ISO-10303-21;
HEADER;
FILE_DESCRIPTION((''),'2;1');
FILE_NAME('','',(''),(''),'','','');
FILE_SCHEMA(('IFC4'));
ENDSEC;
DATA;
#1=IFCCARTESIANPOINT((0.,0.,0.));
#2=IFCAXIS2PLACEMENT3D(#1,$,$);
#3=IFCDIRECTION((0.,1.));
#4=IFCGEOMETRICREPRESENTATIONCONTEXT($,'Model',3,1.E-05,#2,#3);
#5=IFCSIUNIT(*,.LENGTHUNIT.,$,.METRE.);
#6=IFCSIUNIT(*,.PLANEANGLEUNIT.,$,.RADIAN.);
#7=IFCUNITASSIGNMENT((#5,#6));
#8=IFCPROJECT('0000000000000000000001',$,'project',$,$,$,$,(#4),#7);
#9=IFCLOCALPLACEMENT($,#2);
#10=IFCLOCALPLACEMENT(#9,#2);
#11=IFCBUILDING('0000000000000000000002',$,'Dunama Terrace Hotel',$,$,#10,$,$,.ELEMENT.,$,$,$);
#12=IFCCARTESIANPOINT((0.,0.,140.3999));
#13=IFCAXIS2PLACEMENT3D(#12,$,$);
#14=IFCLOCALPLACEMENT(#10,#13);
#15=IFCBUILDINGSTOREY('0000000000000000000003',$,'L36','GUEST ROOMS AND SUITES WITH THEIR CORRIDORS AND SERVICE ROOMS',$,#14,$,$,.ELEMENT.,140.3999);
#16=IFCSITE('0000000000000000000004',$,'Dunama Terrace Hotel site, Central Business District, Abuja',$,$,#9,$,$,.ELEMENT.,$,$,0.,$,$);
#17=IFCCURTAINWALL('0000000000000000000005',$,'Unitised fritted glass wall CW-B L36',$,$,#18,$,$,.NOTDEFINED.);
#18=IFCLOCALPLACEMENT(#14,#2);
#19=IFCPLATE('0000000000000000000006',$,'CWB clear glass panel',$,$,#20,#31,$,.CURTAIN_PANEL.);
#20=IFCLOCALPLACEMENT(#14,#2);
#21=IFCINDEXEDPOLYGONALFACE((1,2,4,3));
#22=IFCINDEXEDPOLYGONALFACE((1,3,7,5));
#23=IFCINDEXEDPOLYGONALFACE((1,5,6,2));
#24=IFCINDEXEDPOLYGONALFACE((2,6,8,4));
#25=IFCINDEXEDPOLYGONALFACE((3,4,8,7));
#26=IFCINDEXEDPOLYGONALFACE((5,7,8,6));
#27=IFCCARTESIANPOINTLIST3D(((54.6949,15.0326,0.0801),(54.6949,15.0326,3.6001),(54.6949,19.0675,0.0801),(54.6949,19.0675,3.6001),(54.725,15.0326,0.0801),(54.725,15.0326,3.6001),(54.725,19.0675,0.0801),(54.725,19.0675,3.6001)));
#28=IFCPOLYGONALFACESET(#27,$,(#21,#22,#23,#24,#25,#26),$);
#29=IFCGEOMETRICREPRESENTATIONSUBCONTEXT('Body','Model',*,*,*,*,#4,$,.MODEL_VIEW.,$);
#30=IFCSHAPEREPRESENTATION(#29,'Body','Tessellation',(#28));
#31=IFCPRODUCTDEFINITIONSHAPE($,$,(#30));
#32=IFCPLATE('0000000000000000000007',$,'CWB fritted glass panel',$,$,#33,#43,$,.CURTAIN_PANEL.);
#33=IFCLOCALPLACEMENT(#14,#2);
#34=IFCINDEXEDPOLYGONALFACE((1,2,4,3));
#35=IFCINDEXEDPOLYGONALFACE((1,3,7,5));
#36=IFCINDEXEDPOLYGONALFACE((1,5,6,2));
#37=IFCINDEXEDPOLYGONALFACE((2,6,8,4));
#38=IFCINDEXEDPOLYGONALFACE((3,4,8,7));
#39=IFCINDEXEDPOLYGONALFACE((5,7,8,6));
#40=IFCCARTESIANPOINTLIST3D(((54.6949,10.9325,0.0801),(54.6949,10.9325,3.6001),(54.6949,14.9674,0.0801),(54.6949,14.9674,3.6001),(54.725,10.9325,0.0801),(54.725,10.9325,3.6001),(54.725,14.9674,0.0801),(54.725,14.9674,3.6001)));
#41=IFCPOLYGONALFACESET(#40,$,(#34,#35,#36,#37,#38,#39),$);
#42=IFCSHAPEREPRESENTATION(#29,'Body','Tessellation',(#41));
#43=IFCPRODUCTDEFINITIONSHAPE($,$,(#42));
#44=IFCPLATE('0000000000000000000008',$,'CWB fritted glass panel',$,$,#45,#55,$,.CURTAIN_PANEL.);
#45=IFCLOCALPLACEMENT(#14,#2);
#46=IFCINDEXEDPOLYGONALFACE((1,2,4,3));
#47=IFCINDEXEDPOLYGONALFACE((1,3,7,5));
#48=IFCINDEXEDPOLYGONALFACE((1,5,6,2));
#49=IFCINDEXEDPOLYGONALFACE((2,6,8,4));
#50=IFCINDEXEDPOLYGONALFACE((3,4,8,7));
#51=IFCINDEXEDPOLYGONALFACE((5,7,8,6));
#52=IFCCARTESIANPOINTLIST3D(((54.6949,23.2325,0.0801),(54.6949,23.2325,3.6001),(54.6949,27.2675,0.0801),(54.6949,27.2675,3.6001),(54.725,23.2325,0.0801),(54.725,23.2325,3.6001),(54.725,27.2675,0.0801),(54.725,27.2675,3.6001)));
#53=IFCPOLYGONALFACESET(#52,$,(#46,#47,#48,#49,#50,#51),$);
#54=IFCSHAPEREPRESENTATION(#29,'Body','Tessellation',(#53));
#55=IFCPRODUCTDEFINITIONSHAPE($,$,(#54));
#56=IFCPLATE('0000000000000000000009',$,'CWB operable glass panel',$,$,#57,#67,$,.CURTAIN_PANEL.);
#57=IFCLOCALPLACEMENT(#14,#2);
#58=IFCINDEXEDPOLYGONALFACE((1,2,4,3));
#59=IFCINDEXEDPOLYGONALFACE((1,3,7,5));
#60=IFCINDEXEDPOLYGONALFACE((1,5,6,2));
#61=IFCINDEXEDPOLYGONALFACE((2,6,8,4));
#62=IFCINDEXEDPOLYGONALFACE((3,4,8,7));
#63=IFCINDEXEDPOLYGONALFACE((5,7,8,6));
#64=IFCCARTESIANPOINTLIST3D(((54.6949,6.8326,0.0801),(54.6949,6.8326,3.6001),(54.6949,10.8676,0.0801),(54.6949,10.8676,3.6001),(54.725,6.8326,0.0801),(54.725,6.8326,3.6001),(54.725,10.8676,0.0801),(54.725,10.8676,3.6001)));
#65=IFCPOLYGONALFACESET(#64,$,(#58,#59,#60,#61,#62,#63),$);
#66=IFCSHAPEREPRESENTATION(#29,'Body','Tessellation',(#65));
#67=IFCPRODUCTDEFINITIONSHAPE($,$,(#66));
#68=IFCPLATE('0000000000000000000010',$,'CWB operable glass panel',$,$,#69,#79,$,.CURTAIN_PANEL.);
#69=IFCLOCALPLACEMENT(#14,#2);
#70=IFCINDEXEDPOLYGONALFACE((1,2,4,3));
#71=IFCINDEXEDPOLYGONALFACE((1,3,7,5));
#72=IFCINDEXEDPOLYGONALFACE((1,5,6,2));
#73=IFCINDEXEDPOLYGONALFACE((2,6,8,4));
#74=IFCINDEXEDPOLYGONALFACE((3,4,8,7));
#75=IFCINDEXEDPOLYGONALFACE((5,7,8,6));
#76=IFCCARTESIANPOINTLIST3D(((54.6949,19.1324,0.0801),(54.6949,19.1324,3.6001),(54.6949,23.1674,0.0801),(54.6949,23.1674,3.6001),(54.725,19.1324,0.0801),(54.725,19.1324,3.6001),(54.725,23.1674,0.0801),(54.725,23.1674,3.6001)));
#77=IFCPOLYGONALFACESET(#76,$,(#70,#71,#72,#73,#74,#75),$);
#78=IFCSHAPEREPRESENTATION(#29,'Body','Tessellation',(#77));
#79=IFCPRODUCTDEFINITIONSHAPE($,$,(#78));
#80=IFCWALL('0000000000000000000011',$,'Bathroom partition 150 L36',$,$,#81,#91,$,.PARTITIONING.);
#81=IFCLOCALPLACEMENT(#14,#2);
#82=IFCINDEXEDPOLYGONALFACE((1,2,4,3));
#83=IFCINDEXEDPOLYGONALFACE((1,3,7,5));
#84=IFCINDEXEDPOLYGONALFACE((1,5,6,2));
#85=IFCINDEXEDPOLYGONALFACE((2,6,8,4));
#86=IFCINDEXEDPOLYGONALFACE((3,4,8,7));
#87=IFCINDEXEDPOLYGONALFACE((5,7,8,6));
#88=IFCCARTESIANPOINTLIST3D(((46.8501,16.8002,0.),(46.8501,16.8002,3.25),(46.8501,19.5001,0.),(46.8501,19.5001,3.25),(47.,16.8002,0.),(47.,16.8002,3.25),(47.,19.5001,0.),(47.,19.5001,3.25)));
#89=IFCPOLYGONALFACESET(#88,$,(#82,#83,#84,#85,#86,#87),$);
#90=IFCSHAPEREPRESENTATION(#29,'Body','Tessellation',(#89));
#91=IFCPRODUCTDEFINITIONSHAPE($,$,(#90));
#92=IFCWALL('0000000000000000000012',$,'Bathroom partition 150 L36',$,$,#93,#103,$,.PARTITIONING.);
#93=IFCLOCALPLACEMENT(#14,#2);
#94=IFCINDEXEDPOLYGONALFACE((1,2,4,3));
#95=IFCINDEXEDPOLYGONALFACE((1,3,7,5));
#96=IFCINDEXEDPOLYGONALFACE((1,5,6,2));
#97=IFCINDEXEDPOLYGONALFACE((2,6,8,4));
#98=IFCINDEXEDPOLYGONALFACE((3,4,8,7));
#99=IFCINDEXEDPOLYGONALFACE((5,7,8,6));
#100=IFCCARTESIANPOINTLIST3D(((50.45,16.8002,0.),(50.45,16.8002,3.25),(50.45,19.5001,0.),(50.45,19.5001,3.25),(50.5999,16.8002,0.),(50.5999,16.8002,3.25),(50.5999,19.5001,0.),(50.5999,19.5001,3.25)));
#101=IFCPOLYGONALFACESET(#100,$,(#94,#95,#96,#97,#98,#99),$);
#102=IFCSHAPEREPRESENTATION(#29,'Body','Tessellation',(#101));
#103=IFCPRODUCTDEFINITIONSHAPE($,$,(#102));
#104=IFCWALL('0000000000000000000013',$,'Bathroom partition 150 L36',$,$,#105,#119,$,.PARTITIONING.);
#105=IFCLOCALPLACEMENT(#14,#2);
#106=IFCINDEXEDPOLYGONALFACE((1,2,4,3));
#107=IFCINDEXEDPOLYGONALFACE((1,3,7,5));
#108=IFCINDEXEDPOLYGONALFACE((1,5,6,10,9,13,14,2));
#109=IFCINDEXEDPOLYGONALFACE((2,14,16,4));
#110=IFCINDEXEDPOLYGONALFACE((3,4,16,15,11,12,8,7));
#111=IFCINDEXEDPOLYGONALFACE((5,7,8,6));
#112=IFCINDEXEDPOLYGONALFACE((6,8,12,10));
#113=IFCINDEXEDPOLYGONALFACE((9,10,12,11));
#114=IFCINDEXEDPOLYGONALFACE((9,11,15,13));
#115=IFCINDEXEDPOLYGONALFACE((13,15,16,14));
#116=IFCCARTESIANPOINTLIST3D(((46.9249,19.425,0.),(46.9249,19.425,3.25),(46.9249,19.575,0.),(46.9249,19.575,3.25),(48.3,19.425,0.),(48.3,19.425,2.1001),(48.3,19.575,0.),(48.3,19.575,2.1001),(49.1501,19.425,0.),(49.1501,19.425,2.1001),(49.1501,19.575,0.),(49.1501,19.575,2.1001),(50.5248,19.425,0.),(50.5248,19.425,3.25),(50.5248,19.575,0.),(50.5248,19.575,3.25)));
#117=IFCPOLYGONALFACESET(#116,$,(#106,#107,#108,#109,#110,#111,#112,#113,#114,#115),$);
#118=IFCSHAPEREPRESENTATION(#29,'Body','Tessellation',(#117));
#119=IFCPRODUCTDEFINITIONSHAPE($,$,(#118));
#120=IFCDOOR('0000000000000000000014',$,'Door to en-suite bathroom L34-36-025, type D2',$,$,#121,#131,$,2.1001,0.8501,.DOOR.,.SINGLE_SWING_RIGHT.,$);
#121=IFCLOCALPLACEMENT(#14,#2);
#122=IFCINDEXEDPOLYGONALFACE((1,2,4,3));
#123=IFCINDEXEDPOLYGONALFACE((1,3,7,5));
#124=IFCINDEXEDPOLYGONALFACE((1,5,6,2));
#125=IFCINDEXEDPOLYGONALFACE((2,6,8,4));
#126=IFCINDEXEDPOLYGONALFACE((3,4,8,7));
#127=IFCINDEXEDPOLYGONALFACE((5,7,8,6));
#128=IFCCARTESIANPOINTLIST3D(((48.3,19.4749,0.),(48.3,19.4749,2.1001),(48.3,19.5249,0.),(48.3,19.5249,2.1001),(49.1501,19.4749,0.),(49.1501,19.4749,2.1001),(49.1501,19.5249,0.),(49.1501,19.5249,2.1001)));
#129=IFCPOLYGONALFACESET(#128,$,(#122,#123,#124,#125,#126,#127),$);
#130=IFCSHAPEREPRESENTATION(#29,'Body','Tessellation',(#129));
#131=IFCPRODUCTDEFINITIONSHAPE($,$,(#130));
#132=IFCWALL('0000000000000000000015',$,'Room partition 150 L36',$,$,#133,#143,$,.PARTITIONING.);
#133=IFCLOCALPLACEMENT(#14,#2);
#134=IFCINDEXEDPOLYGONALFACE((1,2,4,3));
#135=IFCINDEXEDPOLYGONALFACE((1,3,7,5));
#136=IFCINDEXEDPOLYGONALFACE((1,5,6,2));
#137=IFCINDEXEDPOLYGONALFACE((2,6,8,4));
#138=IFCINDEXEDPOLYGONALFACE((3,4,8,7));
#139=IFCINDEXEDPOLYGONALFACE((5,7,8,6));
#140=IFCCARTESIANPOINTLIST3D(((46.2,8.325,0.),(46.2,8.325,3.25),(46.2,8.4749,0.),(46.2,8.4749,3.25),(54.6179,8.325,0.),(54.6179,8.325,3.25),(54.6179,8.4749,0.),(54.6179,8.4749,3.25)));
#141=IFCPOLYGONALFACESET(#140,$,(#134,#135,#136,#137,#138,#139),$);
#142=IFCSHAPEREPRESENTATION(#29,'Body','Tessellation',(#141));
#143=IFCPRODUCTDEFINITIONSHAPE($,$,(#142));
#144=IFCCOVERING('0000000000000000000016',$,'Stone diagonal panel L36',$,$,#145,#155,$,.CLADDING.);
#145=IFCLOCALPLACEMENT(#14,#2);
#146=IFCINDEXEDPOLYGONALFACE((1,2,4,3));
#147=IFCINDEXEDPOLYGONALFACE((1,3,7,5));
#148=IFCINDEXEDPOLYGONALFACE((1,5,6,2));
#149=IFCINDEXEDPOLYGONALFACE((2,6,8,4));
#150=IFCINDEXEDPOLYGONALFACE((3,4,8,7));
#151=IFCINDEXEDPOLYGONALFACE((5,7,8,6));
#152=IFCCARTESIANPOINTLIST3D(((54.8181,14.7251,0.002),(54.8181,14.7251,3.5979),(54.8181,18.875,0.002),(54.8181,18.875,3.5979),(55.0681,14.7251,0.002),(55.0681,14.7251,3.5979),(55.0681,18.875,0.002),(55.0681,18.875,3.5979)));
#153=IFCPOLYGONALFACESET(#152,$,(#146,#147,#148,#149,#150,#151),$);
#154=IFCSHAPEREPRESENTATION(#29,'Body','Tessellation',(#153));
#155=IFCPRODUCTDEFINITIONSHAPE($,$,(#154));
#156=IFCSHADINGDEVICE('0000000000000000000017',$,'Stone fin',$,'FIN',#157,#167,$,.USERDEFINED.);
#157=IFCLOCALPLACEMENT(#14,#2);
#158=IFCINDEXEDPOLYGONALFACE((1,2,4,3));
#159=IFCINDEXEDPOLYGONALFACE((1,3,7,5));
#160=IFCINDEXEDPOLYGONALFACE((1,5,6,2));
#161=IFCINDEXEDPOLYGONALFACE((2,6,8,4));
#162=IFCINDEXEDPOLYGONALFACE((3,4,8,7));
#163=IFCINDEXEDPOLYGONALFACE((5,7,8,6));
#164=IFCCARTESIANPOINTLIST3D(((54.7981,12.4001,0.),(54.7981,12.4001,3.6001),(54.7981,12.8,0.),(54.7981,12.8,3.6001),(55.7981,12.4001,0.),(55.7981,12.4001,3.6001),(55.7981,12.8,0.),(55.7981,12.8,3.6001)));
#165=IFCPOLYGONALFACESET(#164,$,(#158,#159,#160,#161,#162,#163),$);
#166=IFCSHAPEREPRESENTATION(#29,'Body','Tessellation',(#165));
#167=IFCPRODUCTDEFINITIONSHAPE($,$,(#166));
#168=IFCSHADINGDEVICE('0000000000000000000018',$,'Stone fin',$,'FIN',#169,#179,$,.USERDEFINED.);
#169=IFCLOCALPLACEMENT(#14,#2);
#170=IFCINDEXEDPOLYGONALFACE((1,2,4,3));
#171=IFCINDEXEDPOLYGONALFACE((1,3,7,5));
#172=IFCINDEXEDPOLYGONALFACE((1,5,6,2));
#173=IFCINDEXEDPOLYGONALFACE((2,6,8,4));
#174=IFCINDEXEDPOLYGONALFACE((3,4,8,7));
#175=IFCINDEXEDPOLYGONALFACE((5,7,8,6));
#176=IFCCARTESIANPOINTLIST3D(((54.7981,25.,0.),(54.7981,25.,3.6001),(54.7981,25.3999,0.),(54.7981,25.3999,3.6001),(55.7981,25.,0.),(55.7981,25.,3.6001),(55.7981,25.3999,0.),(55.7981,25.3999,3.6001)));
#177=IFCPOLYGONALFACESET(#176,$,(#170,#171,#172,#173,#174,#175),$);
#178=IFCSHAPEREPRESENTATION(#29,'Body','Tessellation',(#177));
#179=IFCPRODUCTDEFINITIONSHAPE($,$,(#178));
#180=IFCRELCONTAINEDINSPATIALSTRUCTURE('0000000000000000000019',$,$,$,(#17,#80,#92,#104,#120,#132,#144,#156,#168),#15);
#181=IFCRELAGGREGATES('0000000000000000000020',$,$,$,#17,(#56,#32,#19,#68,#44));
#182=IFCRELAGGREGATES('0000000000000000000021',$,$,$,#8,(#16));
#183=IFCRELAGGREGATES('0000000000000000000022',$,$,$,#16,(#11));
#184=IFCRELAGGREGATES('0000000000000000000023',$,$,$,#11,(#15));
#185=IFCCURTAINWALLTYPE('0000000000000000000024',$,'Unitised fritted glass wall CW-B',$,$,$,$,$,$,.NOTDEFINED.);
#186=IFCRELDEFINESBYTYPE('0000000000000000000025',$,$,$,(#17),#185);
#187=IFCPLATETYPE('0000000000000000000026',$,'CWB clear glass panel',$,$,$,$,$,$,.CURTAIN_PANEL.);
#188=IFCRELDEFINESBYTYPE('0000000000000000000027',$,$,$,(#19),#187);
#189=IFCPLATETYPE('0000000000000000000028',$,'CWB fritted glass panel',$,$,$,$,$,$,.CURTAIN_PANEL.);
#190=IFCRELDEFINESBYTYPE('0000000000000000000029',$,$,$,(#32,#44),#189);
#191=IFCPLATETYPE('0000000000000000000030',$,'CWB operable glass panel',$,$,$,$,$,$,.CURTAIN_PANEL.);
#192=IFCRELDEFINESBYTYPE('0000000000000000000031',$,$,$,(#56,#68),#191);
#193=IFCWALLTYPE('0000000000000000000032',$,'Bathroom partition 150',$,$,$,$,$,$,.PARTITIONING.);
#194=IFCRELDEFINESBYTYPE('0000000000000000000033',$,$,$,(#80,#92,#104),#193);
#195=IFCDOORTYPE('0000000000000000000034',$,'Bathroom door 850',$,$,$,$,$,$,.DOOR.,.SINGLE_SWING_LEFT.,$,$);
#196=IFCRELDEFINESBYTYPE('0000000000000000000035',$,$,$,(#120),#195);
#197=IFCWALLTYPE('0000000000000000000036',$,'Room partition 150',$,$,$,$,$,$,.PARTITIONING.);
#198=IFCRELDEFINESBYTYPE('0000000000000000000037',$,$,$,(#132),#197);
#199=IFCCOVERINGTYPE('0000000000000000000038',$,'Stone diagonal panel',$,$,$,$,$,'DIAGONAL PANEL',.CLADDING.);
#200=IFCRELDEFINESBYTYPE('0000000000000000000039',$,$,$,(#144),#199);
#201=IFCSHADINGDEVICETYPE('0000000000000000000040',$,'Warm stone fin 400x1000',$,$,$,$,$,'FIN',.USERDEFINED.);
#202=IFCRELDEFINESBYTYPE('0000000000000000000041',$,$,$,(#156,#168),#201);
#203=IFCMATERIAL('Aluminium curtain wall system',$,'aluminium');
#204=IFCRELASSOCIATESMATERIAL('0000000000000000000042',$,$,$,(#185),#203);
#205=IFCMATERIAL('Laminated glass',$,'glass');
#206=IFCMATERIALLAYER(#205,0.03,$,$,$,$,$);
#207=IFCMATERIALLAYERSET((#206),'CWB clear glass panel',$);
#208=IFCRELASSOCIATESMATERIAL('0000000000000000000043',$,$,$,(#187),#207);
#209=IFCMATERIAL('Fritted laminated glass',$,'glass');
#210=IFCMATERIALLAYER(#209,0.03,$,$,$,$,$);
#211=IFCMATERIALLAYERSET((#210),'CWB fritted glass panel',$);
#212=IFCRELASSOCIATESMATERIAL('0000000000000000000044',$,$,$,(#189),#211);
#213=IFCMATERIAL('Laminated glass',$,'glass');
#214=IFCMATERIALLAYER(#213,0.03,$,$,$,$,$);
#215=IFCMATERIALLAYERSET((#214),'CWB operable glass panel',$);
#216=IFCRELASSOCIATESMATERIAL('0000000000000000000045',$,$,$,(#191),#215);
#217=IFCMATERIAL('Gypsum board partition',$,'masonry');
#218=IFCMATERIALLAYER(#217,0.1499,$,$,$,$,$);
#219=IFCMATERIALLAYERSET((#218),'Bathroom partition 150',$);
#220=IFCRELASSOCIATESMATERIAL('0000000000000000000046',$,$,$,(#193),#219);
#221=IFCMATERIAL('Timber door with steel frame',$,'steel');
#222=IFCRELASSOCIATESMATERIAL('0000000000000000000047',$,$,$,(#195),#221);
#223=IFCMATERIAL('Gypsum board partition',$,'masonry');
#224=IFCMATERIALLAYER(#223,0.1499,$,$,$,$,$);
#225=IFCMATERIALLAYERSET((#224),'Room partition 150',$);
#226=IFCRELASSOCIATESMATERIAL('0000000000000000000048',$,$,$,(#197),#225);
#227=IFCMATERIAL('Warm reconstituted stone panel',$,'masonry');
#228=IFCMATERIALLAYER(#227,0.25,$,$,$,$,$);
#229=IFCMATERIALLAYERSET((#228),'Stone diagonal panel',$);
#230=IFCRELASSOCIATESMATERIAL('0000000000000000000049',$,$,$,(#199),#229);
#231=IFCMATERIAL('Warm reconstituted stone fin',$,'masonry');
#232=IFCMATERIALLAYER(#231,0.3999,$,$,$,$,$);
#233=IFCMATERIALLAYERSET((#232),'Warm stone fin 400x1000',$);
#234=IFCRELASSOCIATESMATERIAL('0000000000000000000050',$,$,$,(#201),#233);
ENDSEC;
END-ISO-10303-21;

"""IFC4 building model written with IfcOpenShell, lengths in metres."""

from ifc_helpers import new_model, si_unit, direction, frame, frame_2d, origin, origin_2d, place, context, subcontext, project, spatial, rectangle, extrude, material, layer, layer_set, type_object, element, fill, aggregate, save


model = new_model("IFC4")

# Units and contexts
model_context = context("Model", 3, precision=1e-05, world=origin(), true_north=direction((0.0, 1.0)))
body_context = subcontext(model_context, "Body", "Model", "MODEL_VIEW")
ifc_project = project(units=[si_unit("LENGTHUNIT", "METRE"), si_unit("PLANEANGLEUNIT", "RADIAN")], contexts=[model_context])

# Site, building, storey
site_placement = place(None, origin())
site = spatial("IfcSite", under=ifc_project, at=site_placement, Name="Dunama Terrace Hotel site, Central Business District, Abuja", CompositionType="ELEMENT", RefElevation=0.0)
building_placement = place(site_placement, origin())
building = spatial("IfcBuilding", under=site, at=building_placement, Name="Dunama Terrace Hotel", CompositionType="ELEMENT")
storey_placement = place(building_placement, frame((0.0, 0.0, 140.3999)))
storey = spatial("IfcBuildingStorey", under=building, at=storey_placement, Name="L36", Description="GUEST ROOMS AND SUITES WITH THEIR CORRIDORS AND SERVICE ROOMS", CompositionType="ELEMENT", Elevation=140.3999)

# Curtain wall
ifc_material_1 = material(Name="Aluminium curtain wall system", Category="aluminium")
curtain_wall_type = type_object("IfcCurtainWallType", Name="Unitised fritted glass wall CW-B", PredefinedType="NOTDEFINED", material=ifc_material_1)
curtain_wall_placement = place(storey_placement, origin())
curtain_wall = element("IfcCurtainWall", 1, at=curtain_wall_placement, inside=storey, type_object=curtain_wall_type, Name="Unitised fritted glass wall CW-B L36", PredefinedType="NOTDEFINED")

# Plates
ifc_material_2 = material(Name="Laminated glass", Category="glass")
ifc_layer_1 = layer(ifc_material_2, 0.03)
ifc_layer_set_1 = layer_set([ifc_layer_1], Name="CWB clear glass panel")
plate_type_1 = type_object("IfcPlateType", Name="CWB clear glass panel", PredefinedType="CURTAIN_PANEL", material=ifc_layer_set_1)
plate_1_placement = place(storey_placement, frame((54.71, 17.05, 0.0801), z_axis=(0.0, 0.0, 1.0), x_axis=(0.0, 1.0, 0.0)))
plate_1 = element("IfcPlate", 2, at=plate_1_placement, type_object=plate_type_1, Name="CWB clear glass panel", PredefinedType="CURTAIN_PANEL", context=body_context, shape_type="SweptSolid", body=[
    extrude(rectangle(XDim=4.0349, YDim=0.03, at=origin_2d()), origin(), (0.0, 0.0, 1.0), 3.52),
])
ifc_material_3 = material(Name="Fritted laminated glass", Category="glass")
ifc_layer_2 = layer(ifc_material_3, 0.03)
ifc_layer_set_2 = layer_set([ifc_layer_2], Name="CWB fritted glass panel")
plate_type_2 = type_object("IfcPlateType", Name="CWB fritted glass panel", PredefinedType="CURTAIN_PANEL", material=ifc_layer_set_2)
plate_2_placement = place(storey_placement, frame((54.71, 12.95, 0.0801), z_axis=(0.0, 0.0, 1.0), x_axis=(0.0, 1.0, 0.0)))
plate_2 = element("IfcPlate", 3, at=plate_2_placement, type_object=plate_type_2, Name="CWB fritted glass panel", PredefinedType="CURTAIN_PANEL", context=body_context, shape_type="SweptSolid", body=[
    extrude(rectangle(XDim=4.0349, YDim=0.03, at=origin_2d()), origin(), (0.0, 0.0, 1.0), 3.52),
])
plate_3_placement = place(storey_placement, frame((54.71, 25.25, 0.0801), z_axis=(0.0, 0.0, 1.0), x_axis=(0.0, 1.0, 0.0)))
plate_3 = element("IfcPlate", 4, at=plate_3_placement, type_object=plate_type_2, Name="CWB fritted glass panel", PredefinedType="CURTAIN_PANEL", context=body_context, shape_type="SweptSolid", body=[
    extrude(rectangle(XDim=4.0349, YDim=0.03, at=origin_2d()), origin(), (0.0, 0.0, 1.0), 3.52),
])
ifc_material_4 = material(Name="Laminated glass", Category="glass")
ifc_layer_3 = layer(ifc_material_4, 0.03)
ifc_layer_set_3 = layer_set([ifc_layer_3], Name="CWB operable glass panel")
plate_type_3 = type_object("IfcPlateType", Name="CWB operable glass panel", PredefinedType="CURTAIN_PANEL", material=ifc_layer_set_3)
plate_4_placement = place(storey_placement, frame((54.71, 8.8501, 0.0801), z_axis=(0.0, 0.0, 1.0), x_axis=(0.0, 1.0, 0.0)))
plate_4 = element("IfcPlate", 5, at=plate_4_placement, type_object=plate_type_3, Name="CWB operable glass panel", PredefinedType="CURTAIN_PANEL", context=body_context, shape_type="SweptSolid", body=[
    extrude(rectangle(XDim=4.0349, YDim=0.03, at=origin_2d()), origin(), (0.0, 0.0, 1.0), 3.52),
])
plate_5_placement = place(storey_placement, frame((54.71, 21.1499, 0.0801), z_axis=(0.0, 0.0, 1.0), x_axis=(0.0, 1.0, 0.0)))
plate_5 = element("IfcPlate", 6, at=plate_5_placement, type_object=plate_type_3, Name="CWB operable glass panel", PredefinedType="CURTAIN_PANEL", context=body_context, shape_type="SweptSolid", body=[
    extrude(rectangle(XDim=4.0349, YDim=0.03, at=origin_2d()), origin(), (0.0, 0.0, 1.0), 3.52),
])
aggregate(curtain_wall, [plate_4, plate_2, plate_1, plate_5, plate_3])

# Walls
ifc_material_5 = material(Name="Gypsum board partition", Category="masonry")
ifc_layer_4 = layer(ifc_material_5, 0.1499)
ifc_layer_set_4 = layer_set([ifc_layer_4], Name="Bathroom partition 150")
wall_type_1 = type_object("IfcWallType", Name="Bathroom partition 150", PredefinedType="PARTITIONING", material=ifc_layer_set_4)
for number, where, z_axis, x_axis, name in (
    (7, (46.925, 16.8, 0.0), (0.0, 0.0, 1.0), (0.0, 1.0, 0.0), "Bathroom partition 150 L36"),
    (8, (50.5249, 16.8, 0.0), (0.0, 0.0, 1.0), (0.0, 1.0, 0.0), "Bathroom partition 150 L36"),
):
    element("IfcWall", number, at=place(storey_placement, frame(where, z_axis=z_axis, x_axis=x_axis)), inside=storey, type_object=wall_type_1, Name=name, PredefinedType="PARTITIONING", context=body_context, shape_type="SweptSolid", body=[
        extrude(rectangle(XDim=2.7, YDim=0.1499, at=frame_2d((1.3501, 0.0))), origin(), (0.0, 0.0, 1.0), 3.25),
    ])

# Wall, opening, door
wall_1_placement = place(storey_placement, frame((46.925, 19.5, 0.0), z_axis=(0.0, 0.0, 1.0), x_axis=(1.0, 0.0, 0.0)))
wall_1 = element("IfcWall", 9, at=wall_1_placement, inside=storey, type_object=wall_type_1, Name="Bathroom partition 150 L36", PredefinedType="PARTITIONING", context=body_context, shape_type="SweptSolid", body=[
    extrude(rectangle(XDim=3.5999, YDim=0.1499, at=frame_2d((1.7998, 0.0))), origin(), (0.0, 0.0, 1.0), 3.25),
])
opening_placement = place(wall_1_placement, frame((1.375, 0.0, 0.0)))
opening = element("IfcOpeningElement", 10, at=opening_placement, cuts=wall_1, PredefinedType="OPENING", context=body_context, shape_type="SweptSolid", body=[
    extrude(rectangle(XDim=0.8501, YDim=2.1001, at=frame_2d((0.425, 1.05))), frame((0.0, 0.085, 0.0), z_axis=(0.0, -1.0, 0.0), x_axis=(1.0, 0.0, 0.0)), (0.0, 0.0, 1.0), 0.1699),
])
ifc_material_6 = material(Name="Timber door with steel frame", Category="steel")
door_type = type_object("IfcDoorType", Name="Bathroom door 850", OperationType="SINGLE_SWING_LEFT", PredefinedType="DOOR", material=ifc_material_6)
door_placement = place(opening_placement, frame((0.8501, 0.0, 0.0), z_axis=(0.0, 0.0, 1.0), x_axis=(-1.0, 0.0, 0.0)))
door = element("IfcDoor", 11, at=door_placement, inside=storey, type_object=door_type, Name="Door to en-suite bathroom L34-36-025, type D2", OperationType="SINGLE_SWING_RIGHT", OverallHeight=2.1001, OverallWidth=0.8501, PredefinedType="DOOR", context=body_context, shape_type="SweptSolid", body=[
    extrude(rectangle(XDim=0.8501, YDim=2.1001, at=frame_2d((0.425, 1.05))), frame((0.0, 0.0251, 0.0), z_axis=(0.0, -1.0, 0.0), x_axis=(1.0, 0.0, 0.0)), (0.0, 0.0, 1.0), 0.05),
])
fill(opening, door)

# Wall
ifc_material_7 = material(Name="Gypsum board partition", Category="masonry")
ifc_layer_5 = layer(ifc_material_7, 0.1499)
ifc_layer_set_5 = layer_set([ifc_layer_5], Name="Room partition 150")
wall_type_2 = type_object("IfcWallType", Name="Room partition 150", PredefinedType="PARTITIONING", material=ifc_layer_set_5)
wall_2_placement = place(storey_placement, frame((46.2, 8.3999, 0.0), z_axis=(0.0, 0.0, 1.0), x_axis=(1.0, 0.0, 0.0)))
element("IfcWall", 12, at=wall_2_placement, inside=storey, type_object=wall_type_2, Name="Room partition 150 L36", PredefinedType="PARTITIONING", context=body_context, shape_type="SweptSolid", body=[
    extrude(rectangle(XDim=8.418, YDim=0.1499, at=frame_2d((4.209, 0.0))), origin(), (0.0, 0.0, 1.0), 3.25),
])

# Covering
ifc_material_8 = material(Name="Warm reconstituted stone panel", Category="masonry")
ifc_layer_6 = layer(ifc_material_8, 0.25)
ifc_layer_set_6 = layer_set([ifc_layer_6], Name="Stone diagonal panel")
covering_type = type_object("IfcCoveringType", Name="Stone diagonal panel", ElementType="DIAGONAL PANEL", PredefinedType="CLADDING", material=ifc_layer_set_6)
covering_placement = place(storey_placement, frame((54.9431, 16.8, 0.002), z_axis=(0.0, 0.0, 1.0), x_axis=(0.0, 1.0, 0.0)))
element("IfcCovering", 13, at=covering_placement, inside=storey, type_object=covering_type, Name="Stone diagonal panel L36", PredefinedType="CLADDING", context=body_context, shape_type="SweptSolid", body=[
    extrude(rectangle(XDim=4.1499, YDim=0.25, at=origin_2d()), origin(), (0.0, 0.0, 1.0), 3.5959),
])

# Shading devices
ifc_material_9 = material(Name="Warm reconstituted stone fin", Category="masonry")
ifc_layer_7 = layer(ifc_material_9, 0.3999)
ifc_layer_set_7 = layer_set([ifc_layer_7], Name="Warm stone fin 400x1000")
shading_device_type = type_object("IfcShadingDeviceType", Name="Warm stone fin 400x1000", ElementType="FIN", PredefinedType="USERDEFINED", material=ifc_layer_set_7)
for number, where, z_axis, x_axis, name in (
    (14, (55.2981, 12.6001, 0.0), (0.0, 0.0, 1.0), (0.0, 1.0, 0.0), "Stone fin"),
    (15, (55.2981, 25.2, 0.0), (0.0, 0.0, 1.0), (0.0, 1.0, 0.0), "Stone fin"),
):
    element("IfcShadingDevice", number, at=place(storey_placement, frame(where, z_axis=z_axis, x_axis=x_axis)), inside=storey, type_object=shading_device_type, Name=name, ObjectType="FIN", PredefinedType="USERDEFINED", context=body_context, shape_type="SweptSolid", body=[
        extrude(rectangle(XDim=0.3999, YDim=1.0, at=origin_2d()), origin(), (0.0, 0.0, 1.0), 3.6001),
    ])

save(model, "model.ifc")
